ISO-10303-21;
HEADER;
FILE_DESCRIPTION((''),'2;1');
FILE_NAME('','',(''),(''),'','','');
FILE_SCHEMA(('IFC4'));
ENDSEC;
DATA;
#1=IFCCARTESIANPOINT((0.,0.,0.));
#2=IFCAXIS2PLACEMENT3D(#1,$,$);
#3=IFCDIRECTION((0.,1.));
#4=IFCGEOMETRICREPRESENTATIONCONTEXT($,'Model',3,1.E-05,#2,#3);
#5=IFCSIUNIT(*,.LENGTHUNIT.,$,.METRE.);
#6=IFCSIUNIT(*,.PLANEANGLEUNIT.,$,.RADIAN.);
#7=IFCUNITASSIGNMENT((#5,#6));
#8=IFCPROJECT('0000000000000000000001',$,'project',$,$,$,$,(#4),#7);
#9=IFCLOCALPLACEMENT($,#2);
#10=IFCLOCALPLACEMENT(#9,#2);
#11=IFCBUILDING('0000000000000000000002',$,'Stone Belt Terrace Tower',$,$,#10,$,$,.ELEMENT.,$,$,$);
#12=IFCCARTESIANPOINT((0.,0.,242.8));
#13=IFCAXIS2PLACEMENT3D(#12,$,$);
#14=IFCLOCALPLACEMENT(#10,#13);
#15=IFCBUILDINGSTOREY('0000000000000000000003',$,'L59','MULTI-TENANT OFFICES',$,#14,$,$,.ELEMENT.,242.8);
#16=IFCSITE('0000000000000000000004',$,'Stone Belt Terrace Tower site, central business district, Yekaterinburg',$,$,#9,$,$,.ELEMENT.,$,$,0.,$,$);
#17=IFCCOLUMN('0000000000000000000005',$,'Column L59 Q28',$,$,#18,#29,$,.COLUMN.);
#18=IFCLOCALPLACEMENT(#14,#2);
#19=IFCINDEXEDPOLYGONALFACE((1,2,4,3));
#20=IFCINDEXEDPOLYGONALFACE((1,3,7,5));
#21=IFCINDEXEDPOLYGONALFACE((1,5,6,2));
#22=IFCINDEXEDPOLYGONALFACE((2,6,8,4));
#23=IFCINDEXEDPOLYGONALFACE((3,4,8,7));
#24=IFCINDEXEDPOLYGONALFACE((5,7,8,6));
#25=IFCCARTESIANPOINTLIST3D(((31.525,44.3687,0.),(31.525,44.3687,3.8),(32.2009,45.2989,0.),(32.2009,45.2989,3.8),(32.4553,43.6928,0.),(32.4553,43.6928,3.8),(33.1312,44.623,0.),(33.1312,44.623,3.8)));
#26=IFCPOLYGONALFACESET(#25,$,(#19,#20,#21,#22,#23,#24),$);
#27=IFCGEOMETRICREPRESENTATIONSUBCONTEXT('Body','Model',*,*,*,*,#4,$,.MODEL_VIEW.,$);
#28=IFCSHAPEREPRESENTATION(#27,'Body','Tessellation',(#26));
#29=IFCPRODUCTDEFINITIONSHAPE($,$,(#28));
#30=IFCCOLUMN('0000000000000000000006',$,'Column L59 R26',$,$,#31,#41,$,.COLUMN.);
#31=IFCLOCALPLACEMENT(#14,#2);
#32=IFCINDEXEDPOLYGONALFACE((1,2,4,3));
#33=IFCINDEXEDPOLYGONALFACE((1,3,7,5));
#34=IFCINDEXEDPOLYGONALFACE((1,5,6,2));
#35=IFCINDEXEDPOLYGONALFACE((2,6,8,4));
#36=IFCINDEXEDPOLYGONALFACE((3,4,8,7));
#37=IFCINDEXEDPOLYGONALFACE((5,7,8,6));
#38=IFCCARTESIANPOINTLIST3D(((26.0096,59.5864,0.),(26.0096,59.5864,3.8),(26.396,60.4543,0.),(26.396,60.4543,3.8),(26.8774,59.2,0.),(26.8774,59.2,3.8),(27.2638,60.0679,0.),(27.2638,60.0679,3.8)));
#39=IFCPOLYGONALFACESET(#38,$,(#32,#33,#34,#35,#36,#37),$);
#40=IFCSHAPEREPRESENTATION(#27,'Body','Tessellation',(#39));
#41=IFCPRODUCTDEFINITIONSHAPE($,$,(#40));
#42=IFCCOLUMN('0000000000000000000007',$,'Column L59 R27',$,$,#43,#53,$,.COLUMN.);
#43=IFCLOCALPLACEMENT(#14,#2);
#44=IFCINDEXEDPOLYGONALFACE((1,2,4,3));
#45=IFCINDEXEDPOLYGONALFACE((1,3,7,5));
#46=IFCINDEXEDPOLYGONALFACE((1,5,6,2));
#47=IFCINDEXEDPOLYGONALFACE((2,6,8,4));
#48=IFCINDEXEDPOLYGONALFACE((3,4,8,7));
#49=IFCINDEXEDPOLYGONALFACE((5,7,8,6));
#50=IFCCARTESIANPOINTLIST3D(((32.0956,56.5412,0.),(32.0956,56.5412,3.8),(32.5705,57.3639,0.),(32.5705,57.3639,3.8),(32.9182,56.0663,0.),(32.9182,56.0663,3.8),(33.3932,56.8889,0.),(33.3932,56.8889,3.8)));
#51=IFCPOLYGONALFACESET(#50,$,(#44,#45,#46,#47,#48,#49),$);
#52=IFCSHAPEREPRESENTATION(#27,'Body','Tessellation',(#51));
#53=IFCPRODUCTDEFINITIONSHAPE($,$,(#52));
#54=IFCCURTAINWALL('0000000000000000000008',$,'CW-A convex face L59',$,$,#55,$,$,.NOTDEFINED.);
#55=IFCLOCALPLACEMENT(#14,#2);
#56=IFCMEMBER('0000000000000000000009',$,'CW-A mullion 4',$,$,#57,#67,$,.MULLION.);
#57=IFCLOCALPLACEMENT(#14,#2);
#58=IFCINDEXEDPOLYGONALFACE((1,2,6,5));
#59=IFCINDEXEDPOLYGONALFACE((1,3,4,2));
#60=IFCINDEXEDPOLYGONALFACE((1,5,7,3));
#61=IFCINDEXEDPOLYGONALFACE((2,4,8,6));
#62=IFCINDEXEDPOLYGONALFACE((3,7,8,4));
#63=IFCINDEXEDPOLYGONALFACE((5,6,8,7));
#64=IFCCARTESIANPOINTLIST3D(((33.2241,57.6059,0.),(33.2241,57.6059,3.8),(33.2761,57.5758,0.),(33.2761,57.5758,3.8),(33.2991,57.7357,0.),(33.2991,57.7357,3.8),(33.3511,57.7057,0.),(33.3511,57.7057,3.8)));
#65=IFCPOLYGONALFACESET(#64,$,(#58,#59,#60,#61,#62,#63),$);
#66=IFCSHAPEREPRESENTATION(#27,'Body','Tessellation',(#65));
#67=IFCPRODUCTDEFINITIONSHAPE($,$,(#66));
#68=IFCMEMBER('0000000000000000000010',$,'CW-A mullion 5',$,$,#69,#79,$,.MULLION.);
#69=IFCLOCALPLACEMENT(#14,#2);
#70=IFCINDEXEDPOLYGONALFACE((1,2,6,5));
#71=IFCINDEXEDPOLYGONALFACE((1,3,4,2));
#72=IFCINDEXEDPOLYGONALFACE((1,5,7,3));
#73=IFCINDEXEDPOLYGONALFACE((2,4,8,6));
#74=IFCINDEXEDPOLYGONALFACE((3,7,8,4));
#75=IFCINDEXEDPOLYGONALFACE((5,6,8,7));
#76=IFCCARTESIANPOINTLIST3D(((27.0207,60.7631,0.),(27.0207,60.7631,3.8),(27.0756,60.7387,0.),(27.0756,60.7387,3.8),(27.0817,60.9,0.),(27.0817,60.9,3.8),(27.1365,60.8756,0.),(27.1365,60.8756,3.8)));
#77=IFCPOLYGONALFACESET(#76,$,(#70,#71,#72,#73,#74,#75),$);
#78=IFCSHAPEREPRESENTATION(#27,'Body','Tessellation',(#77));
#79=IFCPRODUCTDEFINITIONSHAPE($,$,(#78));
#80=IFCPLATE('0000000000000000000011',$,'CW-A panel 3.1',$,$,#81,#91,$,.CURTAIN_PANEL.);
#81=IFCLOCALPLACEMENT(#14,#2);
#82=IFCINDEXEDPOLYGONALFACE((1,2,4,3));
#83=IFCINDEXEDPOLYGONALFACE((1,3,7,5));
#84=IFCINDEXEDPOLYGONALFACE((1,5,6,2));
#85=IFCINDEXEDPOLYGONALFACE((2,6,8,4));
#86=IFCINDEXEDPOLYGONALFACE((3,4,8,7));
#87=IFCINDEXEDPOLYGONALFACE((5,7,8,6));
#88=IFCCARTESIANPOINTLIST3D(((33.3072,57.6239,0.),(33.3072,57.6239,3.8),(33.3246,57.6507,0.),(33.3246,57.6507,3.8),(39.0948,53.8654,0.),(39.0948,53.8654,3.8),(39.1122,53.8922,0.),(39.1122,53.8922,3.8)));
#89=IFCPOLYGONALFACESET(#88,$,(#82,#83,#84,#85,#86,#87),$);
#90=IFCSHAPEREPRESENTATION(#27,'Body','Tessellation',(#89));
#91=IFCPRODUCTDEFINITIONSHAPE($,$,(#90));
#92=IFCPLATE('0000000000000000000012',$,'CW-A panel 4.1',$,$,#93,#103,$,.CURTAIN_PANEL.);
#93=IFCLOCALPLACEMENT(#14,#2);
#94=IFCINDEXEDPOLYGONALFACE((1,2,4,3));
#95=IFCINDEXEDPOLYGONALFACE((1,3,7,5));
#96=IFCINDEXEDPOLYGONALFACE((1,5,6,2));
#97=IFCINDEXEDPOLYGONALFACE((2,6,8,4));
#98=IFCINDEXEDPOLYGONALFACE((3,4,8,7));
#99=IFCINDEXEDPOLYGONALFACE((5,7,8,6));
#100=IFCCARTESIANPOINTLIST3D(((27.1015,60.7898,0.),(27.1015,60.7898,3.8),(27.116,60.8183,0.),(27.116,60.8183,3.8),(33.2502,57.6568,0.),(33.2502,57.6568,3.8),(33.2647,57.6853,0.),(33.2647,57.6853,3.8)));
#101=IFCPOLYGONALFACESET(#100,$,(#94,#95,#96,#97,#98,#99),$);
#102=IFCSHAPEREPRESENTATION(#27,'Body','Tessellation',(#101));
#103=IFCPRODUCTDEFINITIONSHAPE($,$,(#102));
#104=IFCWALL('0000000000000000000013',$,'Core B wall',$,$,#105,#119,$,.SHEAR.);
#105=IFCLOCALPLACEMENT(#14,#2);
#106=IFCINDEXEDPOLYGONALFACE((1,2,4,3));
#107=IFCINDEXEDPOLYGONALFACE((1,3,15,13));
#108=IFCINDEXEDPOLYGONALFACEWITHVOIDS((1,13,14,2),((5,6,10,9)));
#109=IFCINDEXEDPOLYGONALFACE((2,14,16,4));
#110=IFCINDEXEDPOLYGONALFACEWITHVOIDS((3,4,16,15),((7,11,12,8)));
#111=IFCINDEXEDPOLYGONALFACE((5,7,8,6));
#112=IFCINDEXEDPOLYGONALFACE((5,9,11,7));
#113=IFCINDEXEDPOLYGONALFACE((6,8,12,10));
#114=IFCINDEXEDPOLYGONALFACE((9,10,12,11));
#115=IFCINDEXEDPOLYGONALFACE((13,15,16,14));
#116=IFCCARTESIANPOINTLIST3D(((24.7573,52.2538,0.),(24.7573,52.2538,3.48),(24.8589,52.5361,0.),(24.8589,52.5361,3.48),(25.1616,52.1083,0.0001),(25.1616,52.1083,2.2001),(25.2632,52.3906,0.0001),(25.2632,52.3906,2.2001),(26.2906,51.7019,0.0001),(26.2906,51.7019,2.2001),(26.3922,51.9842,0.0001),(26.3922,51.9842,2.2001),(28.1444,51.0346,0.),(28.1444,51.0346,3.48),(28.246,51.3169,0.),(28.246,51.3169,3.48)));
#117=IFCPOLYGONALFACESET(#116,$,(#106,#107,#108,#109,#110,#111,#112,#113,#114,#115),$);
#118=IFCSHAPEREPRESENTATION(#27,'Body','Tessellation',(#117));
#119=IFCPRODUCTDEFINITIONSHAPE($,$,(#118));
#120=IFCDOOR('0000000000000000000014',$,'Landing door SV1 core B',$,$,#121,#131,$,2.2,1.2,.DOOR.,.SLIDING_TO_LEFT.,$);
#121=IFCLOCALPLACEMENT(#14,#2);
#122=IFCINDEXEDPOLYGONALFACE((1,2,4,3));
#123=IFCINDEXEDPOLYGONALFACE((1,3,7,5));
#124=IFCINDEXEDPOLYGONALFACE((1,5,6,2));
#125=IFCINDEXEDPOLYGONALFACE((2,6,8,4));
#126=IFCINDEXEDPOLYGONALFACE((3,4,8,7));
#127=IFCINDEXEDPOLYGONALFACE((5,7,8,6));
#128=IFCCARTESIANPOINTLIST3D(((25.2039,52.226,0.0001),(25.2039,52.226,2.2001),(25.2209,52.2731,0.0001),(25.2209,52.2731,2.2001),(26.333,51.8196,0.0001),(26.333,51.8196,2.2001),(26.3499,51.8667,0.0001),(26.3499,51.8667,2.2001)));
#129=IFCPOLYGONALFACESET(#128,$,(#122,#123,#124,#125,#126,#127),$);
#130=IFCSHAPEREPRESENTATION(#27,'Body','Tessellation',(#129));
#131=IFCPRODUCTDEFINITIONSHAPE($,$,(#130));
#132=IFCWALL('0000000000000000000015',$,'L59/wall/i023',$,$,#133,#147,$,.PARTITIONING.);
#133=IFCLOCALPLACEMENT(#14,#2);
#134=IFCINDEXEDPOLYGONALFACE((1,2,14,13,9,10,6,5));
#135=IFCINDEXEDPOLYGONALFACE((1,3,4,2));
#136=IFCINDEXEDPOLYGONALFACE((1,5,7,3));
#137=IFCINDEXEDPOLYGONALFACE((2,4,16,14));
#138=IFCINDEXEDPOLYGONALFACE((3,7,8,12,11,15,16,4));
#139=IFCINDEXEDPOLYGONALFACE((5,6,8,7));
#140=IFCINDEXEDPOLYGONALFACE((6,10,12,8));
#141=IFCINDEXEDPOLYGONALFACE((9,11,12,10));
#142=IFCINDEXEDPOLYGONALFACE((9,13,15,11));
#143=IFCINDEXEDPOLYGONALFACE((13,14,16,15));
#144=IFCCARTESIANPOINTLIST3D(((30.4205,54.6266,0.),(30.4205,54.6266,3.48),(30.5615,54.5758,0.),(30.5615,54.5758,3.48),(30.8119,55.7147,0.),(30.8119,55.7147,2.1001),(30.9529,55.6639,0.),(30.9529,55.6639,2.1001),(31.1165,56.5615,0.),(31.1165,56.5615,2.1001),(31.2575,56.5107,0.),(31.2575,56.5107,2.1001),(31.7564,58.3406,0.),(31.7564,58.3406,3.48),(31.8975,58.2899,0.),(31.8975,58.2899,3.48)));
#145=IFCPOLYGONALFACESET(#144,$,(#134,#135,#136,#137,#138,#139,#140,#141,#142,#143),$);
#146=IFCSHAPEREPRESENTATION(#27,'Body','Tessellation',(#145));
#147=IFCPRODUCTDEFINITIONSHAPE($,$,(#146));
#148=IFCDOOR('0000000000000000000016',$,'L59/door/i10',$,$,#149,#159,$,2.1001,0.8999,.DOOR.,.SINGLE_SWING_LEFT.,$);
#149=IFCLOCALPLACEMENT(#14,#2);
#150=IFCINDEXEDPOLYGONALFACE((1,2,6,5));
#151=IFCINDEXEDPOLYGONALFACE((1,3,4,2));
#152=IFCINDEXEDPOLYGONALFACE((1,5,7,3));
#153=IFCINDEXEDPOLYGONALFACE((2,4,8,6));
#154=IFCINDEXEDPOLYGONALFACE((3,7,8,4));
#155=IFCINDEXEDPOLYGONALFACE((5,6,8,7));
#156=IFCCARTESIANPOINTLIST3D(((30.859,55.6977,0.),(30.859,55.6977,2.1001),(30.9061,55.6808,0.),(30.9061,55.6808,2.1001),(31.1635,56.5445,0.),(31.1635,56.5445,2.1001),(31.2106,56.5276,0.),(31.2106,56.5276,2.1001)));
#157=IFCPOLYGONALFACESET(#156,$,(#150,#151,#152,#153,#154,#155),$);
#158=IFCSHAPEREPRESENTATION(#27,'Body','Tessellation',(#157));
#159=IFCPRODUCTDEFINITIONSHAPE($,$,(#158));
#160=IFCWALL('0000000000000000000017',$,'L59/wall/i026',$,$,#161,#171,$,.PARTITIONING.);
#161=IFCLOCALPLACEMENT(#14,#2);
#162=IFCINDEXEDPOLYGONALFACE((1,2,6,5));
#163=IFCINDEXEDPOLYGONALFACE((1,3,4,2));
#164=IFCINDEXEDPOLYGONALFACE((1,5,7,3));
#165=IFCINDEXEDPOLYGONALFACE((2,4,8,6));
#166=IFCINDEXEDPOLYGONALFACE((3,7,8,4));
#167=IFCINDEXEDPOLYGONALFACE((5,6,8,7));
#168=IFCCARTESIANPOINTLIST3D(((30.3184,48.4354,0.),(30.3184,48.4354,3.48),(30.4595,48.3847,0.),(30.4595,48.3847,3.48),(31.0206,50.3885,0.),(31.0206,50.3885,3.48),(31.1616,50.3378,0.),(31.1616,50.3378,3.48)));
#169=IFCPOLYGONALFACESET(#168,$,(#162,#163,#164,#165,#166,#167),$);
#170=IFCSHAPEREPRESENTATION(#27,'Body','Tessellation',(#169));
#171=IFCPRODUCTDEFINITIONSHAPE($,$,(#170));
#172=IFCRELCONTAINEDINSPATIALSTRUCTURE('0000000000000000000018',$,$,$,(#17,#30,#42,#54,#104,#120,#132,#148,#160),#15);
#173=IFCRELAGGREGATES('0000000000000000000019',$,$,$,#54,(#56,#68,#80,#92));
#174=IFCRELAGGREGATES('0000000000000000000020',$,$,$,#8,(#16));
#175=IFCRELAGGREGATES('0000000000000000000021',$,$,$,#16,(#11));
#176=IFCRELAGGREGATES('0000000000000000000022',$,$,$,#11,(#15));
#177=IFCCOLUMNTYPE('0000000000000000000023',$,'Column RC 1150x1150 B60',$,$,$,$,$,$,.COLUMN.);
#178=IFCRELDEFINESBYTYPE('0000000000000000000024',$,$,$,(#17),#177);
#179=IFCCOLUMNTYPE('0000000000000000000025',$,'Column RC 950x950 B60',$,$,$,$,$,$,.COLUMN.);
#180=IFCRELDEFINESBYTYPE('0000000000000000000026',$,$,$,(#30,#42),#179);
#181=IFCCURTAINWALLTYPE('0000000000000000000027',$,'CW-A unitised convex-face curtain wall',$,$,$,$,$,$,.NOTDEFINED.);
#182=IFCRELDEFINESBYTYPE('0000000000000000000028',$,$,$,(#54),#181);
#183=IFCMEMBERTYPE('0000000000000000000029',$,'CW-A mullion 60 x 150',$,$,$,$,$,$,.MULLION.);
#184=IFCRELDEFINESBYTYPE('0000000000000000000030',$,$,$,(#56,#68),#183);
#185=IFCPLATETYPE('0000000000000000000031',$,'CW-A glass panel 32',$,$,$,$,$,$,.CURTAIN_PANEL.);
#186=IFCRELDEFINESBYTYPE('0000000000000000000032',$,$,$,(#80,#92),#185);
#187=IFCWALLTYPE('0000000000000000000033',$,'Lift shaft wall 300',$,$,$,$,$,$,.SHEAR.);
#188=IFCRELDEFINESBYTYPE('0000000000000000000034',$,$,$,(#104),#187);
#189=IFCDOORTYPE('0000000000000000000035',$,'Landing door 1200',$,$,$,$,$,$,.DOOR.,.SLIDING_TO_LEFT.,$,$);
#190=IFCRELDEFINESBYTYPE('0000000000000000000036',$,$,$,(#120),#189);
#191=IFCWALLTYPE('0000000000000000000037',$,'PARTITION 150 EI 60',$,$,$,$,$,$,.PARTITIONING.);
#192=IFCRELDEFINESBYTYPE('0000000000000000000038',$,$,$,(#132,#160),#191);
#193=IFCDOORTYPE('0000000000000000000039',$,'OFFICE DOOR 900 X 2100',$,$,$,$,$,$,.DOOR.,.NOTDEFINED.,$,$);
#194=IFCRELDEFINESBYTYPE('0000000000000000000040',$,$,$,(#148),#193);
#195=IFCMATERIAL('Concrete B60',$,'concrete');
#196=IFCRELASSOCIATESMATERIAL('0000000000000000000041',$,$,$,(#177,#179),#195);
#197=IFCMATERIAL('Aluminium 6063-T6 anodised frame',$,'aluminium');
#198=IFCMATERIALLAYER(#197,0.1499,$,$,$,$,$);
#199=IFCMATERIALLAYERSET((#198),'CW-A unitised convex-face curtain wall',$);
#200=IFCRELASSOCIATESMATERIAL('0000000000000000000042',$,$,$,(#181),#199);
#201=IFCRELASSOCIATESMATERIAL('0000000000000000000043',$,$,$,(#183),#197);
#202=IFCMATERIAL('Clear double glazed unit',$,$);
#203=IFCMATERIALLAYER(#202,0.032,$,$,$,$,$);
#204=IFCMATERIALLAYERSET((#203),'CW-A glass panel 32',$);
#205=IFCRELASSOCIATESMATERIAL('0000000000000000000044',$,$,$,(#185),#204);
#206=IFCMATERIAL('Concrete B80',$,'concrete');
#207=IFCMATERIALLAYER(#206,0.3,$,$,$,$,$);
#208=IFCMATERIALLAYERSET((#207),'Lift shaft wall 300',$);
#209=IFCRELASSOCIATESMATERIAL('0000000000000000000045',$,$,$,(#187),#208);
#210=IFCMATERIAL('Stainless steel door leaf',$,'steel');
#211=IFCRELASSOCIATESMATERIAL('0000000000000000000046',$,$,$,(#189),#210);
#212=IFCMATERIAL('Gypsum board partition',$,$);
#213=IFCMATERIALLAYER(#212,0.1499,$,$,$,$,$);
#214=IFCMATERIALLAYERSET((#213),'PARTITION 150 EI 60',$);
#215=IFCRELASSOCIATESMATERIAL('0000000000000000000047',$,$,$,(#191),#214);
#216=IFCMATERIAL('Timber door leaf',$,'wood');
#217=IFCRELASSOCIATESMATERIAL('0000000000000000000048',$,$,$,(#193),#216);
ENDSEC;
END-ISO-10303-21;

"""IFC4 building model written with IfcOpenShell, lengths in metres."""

from ifc_helpers import new_model, si_unit, direction, frame, frame_2d, origin, origin_2d, place, context, subcontext, project, spatial, rectangle, extrude, material, layer, layer_set, material_profile, profile_set, type_object, element, fill, aggregate, save


model = new_model("IFC4")

# Units and contexts
model_context = context("Model", 3, precision=1e-05, world=origin(), true_north=direction((0.0, 1.0)))
body_context = subcontext(model_context, "Body", "Model", "MODEL_VIEW")
ifc_project = project(units=[si_unit("LENGTHUNIT", "METRE"), si_unit("PLANEANGLEUNIT", "RADIAN")], contexts=[model_context])

# Site, building, storey
site_placement = place(None, origin())
site = spatial("IfcSite", under=ifc_project, at=site_placement, Name="Stone Belt Terrace Tower site, central business district, Yekaterinburg", CompositionType="ELEMENT", RefElevation=0.0)
building_placement = place(site_placement, origin())
building = spatial("IfcBuilding", under=site, at=building_placement, Name="Stone Belt Terrace Tower", CompositionType="ELEMENT")
storey_placement = place(building_placement, frame((0.0, 0.0, 242.8)))
storey = spatial("IfcBuildingStorey", under=building, at=storey_placement, Name="L59", Description="MULTI-TENANT OFFICES", CompositionType="ELEMENT", Elevation=242.8)

# Columns
ifc_material_1 = material(Name="Concrete B60", Category="concrete")
ifc_material_profile_1 = material_profile(ifc_material_1, rectangle(XDim=1.1499, YDim=1.1499, at=origin_2d()), Name="RC 1150x1150")
ifc_profile_set_1 = profile_set([ifc_material_profile_1], Name="Concrete B60")
column_type_1 = type_object("IfcColumnType", Name="Column RC 1150x1150 B60", PredefinedType="COLUMN", material=ifc_profile_set_1)
column_placement = place(storey_placement, frame((32.3281, 44.4958, 0.0), z_axis=(0.0, 0.0, 1.0), x_axis=(0.809017, -0.587785, 0.0)))
element("IfcColumn", 1, at=column_placement, inside=storey, type_object=column_type_1, Name="Column L59 Q28", PredefinedType="COLUMN", context=body_context, shape_type="SweptSolid", body=[
    extrude(rectangle(XDim=1.1499, YDim=1.1499, at=origin_2d()), origin(), (0.0, 0.0, 1.0), 3.8),
])
ifc_material_profile_2 = material_profile(ifc_material_1, rectangle(XDim=0.95, YDim=0.95, at=origin_2d()), Name="RC 950x950")
ifc_profile_set_2 = profile_set([ifc_material_profile_2], Name="Concrete B60")
column_type_2 = type_object("IfcColumnType", Name="Column RC 950x950 B60", PredefinedType="COLUMN", material=ifc_profile_set_2)
for number, where, z_axis, x_axis, name in (
    (2, (26.6367, 59.8271, 0.0), (0.0, 0.0, 1.0), (0.913545, -0.406737, 0.0), "Column L59 R26"),
    (3, (32.7444, 56.7151, 0.0), (0.0, 0.0, 1.0), (0.866025, -0.5, 0.0), "Column L59 R27"),
):
    element("IfcColumn", number, at=place(storey_placement, frame(where, z_axis=z_axis, x_axis=x_axis)), inside=storey, type_object=column_type_2, Name=name, PredefinedType="COLUMN", context=body_context, shape_type="SweptSolid", body=[
        extrude(rectangle(XDim=0.95, YDim=0.95, at=origin_2d()), origin(), (0.0, 0.0, 1.0), 3.8),
    ])

# Curtain wall, members, plates
ifc_material_2 = material(Name="Aluminium 6063-T6 anodised frame", Category="aluminium")
ifc_layer_1 = layer(ifc_material_2, 0.1499)
ifc_layer_set_1 = layer_set([ifc_layer_1], Name="CW-A unitised convex-face curtain wall")
curtain_wall_type = type_object("IfcCurtainWallType", Name="CW-A unitised convex-face curtain wall", PredefinedType="NOTDEFINED", material=ifc_layer_set_1)
curtain_wall_placement = place(storey_placement, origin())
curtain_wall = element("IfcCurtainWall", 4, at=curtain_wall_placement, inside=storey, type_object=curtain_wall_type, Name="CW-A convex face L59", PredefinedType="NOTDEFINED")
ifc_material_profile_3 = material_profile(ifc_material_2, rectangle(XDim=0.1499, YDim=0.0601, at=origin_2d()), Name="Aluminium 6063-T6 60x150")
ifc_profile_set_3 = profile_set([ifc_material_profile_3], Name="Aluminium 6063-T6 anodised frame")
member_type = type_object("IfcMemberType", Name="CW-A mullion 60 x 150", PredefinedType="MULLION", material=ifc_profile_set_3)
member_1_placement = place(storey_placement, frame((33.2876, 57.6558, 0.0), z_axis=(0.0, 0.0, 1.0), x_axis=(-0.5, -0.866025, 0.0)))
member_1 = element("IfcMember", 5, at=member_1_placement, type_object=member_type, Name="CW-A mullion 4", PredefinedType="MULLION", context=body_context, shape_type="SweptSolid", body=[
    extrude(rectangle(XDim=0.1499, YDim=0.0601, at=origin_2d()), origin(), (0.0, 0.0, 1.0), 3.8),
])
member_2_placement = place(storey_placement, frame((27.0786, 60.8193, 0.0), z_axis=(0.0, 0.0, 1.0), x_axis=(-0.406737, -0.913545, 0.0)))
member_2 = element("IfcMember", 6, at=member_2_placement, type_object=member_type, Name="CW-A mullion 5", PredefinedType="MULLION", context=body_context, shape_type="SweptSolid", body=[
    extrude(rectangle(XDim=0.1499, YDim=0.0601, at=origin_2d()), origin(), (0.0, 0.0, 1.0), 3.8),
])
ifc_material_3 = material(Name="Clear double glazed unit")
ifc_layer_2 = layer(ifc_material_3, 0.032)
ifc_layer_set_2 = layer_set([ifc_layer_2], Name="CW-A glass panel 32")
plate_type = type_object("IfcPlateType", Name="CW-A glass panel 32", PredefinedType="CURTAIN_PANEL", material=ifc_layer_set_2)
plate_1_placement = place(storey_placement, frame((36.2097, 55.7581, 0.0), z_axis=(0.0, 0.0, 1.0), x_axis=(-0.838671, 0.544639, 0.0)))
plate_1 = element("IfcPlate", 7, at=plate_1_placement, type_object=plate_type, Name="CW-A panel 3.1", PredefinedType="CURTAIN_PANEL", context=body_context, shape_type="SweptSolid", body=[
    extrude(rectangle(XDim=6.9009, YDim=0.032, at=origin_2d()), origin(), (0.0, 0.0, 1.0), 3.8),
])
plate_2_placement = place(storey_placement, frame((30.1831, 59.2375, 0.0), z_axis=(0.0, 0.0, 1.0), x_axis=(-0.891007, 0.45399, 0.0)))
plate_2 = element("IfcPlate", 8, at=plate_2_placement, type_object=plate_type, Name="CW-A panel 4.1", PredefinedType="CURTAIN_PANEL", context=body_context, shape_type="SweptSolid", body=[
    extrude(rectangle(XDim=6.9009, YDim=0.032, at=origin_2d()), origin(), (0.0, 0.0, 1.0), 3.8),
])
aggregate(curtain_wall, [member_1, member_2, plate_1, plate_2])

# Walls, openings, doors
ifc_material_4 = material(Name="Concrete B80", Category="concrete")
ifc_layer_3 = layer(ifc_material_4, 0.3)
ifc_layer_set_3 = layer_set([ifc_layer_3], Name="Lift shaft wall 300")
wall_type_1 = type_object("IfcWallType", Name="Lift shaft wall 300", PredefinedType="SHEAR", material=ifc_layer_set_3)
wall_1_placement = place(storey_placement, frame((28.1951, 51.1758, 0.0), z_axis=(0.0, 0.0, 1.0), x_axis=(-0.940901, 0.338681, 0.0)))
wall_1 = element("IfcWall", 9, at=wall_1_placement, inside=storey, type_object=wall_type_1, Name="Core B wall", PredefinedType="SHEAR", context=body_context, shape_type="SweptSolid", body=[
    extrude(rectangle(XDim=3.5999, YDim=0.3, at=frame_2d((1.7998, 0.0))), origin(), (0.0, 0.0, 1.0), 3.48),
])
opening_1_placement = place(wall_1_placement, frame((1.97, 0.0, 0.0)))
opening_1 = element("IfcOpeningElement", 10, at=opening_1_placement, cuts=wall_1, PredefinedType="OPENING", context=body_context, shape_type="SweptSolid", body=[
    extrude(rectangle(XDim=1.2, YDim=2.2, at=frame_2d((0.6001, 1.1001))), frame((0.0, 0.1599, 0.0), z_axis=(0.0, -1.0, 0.0), x_axis=(1.0, 0.0, 0.0)), (0.0, 0.0, 1.0), 0.3201),
])
ifc_material_5 = material(Name="Stainless steel door leaf", Category="steel")
door_type_1 = type_object("IfcDoorType", Name="Landing door 1200", OperationType="SLIDING_TO_LEFT", PredefinedType="DOOR", material=ifc_material_5)
door_1_placement = place(opening_1_placement, origin())
door_1 = element("IfcDoor", 11, at=door_1_placement, inside=storey, type_object=door_type_1, Name="Landing door SV1 core B", OperationType="SLIDING_TO_LEFT", OverallHeight=2.2, OverallWidth=1.2, PredefinedType="DOOR", context=body_context, shape_type="SweptSolid", body=[
    extrude(rectangle(XDim=1.2, YDim=2.2, at=frame_2d((0.6001, 1.1001))), frame((0.0, 0.0249, 0.0), z_axis=(0.0, -1.0, 0.0), x_axis=(1.0, 0.0, 0.0)), (0.0, 0.0, 1.0), 0.05),
])
fill(opening_1, door_1)
ifc_material_6 = material(Name="Gypsum board partition")
ifc_layer_4 = layer(ifc_material_6, 0.1499)
ifc_layer_set_4 = layer_set([ifc_layer_4], Name="PARTITION 150 EI 60")
wall_type_2 = type_object("IfcWallType", Name="PARTITION 150 EI 60", PredefinedType="PARTITIONING", material=ifc_layer_set_4)
wall_2_placement = place(storey_placement, frame((30.491, 54.6011, 0.0), z_axis=(0.0, 0.0, 1.0), x_axis=(0.338463, 0.94098, 0.0)))
wall_2 = element("IfcWall", 12, at=wall_2_placement, inside=storey, type_object=wall_type_2, Name="L59/wall/i023", PredefinedType="PARTITIONING", context=body_context, shape_type="SweptSolid", body=[
    extrude(rectangle(XDim=3.947, YDim=0.1499, at=frame_2d((1.9736, 0.0))), origin(), (0.0, 0.0, 1.0), 3.48),
])
opening_2_placement = place(wall_2_placement, frame((1.1565, 0.0, 0.0)))
opening_2 = element("IfcOpeningElement", 13, at=opening_2_placement, cuts=wall_2, PredefinedType="OPENING", context=body_context, shape_type="SweptSolid", body=[
    extrude(rectangle(XDim=0.8999, YDim=2.1001, at=frame_2d((0.45, 1.05))), frame((0.0, 0.085, 0.0), z_axis=(0.0, -1.0, 0.0), x_axis=(1.0, 0.0, 0.0)), (0.0, 0.0, 1.0), 0.1699),
])
ifc_material_7 = material(Name="Timber door leaf", Category="wood")
door_type_2 = type_object("IfcDoorType", Name="OFFICE DOOR 900 X 2100", OperationType="NOTDEFINED", PredefinedType="DOOR", material=ifc_material_7)
door_2_placement = place(opening_2_placement, origin())
door_2 = element("IfcDoor", 14, at=door_2_placement, inside=storey, type_object=door_type_2, Name="L59/door/i10", OperationType="SINGLE_SWING_LEFT", OverallHeight=2.1001, OverallWidth=0.8999, PredefinedType="DOOR", context=body_context, shape_type="SweptSolid", body=[
    extrude(rectangle(XDim=0.8999, YDim=2.1001, at=frame_2d((0.45, 1.05))), frame((0.0, 0.0249, 0.0), z_axis=(0.0, -1.0, 0.0), x_axis=(1.0, 0.0, 0.0)), (0.0, 0.0, 1.0), 0.05),
])
fill(opening_2, door_2)

# Wall
wall_3_placement = place(storey_placement, frame((31.0911, 50.363, 0.0), z_axis=(0.0, 0.0, 1.0), x_axis=(-0.338303, -0.941037, 0.0)))
element("IfcWall", 15, at=wall_3_placement, inside=storey, type_object=wall_type_2, Name="L59/wall/i026", PredefinedType="PARTITIONING", context=body_context, shape_type="SweptSolid", body=[
    extrude(rectangle(XDim=2.0754, YDim=0.1499, at=frame_2d((1.0376, 0.0))), origin(), (0.0, 0.0, 1.0), 3.48),
])

save(model, "model.ifc")
